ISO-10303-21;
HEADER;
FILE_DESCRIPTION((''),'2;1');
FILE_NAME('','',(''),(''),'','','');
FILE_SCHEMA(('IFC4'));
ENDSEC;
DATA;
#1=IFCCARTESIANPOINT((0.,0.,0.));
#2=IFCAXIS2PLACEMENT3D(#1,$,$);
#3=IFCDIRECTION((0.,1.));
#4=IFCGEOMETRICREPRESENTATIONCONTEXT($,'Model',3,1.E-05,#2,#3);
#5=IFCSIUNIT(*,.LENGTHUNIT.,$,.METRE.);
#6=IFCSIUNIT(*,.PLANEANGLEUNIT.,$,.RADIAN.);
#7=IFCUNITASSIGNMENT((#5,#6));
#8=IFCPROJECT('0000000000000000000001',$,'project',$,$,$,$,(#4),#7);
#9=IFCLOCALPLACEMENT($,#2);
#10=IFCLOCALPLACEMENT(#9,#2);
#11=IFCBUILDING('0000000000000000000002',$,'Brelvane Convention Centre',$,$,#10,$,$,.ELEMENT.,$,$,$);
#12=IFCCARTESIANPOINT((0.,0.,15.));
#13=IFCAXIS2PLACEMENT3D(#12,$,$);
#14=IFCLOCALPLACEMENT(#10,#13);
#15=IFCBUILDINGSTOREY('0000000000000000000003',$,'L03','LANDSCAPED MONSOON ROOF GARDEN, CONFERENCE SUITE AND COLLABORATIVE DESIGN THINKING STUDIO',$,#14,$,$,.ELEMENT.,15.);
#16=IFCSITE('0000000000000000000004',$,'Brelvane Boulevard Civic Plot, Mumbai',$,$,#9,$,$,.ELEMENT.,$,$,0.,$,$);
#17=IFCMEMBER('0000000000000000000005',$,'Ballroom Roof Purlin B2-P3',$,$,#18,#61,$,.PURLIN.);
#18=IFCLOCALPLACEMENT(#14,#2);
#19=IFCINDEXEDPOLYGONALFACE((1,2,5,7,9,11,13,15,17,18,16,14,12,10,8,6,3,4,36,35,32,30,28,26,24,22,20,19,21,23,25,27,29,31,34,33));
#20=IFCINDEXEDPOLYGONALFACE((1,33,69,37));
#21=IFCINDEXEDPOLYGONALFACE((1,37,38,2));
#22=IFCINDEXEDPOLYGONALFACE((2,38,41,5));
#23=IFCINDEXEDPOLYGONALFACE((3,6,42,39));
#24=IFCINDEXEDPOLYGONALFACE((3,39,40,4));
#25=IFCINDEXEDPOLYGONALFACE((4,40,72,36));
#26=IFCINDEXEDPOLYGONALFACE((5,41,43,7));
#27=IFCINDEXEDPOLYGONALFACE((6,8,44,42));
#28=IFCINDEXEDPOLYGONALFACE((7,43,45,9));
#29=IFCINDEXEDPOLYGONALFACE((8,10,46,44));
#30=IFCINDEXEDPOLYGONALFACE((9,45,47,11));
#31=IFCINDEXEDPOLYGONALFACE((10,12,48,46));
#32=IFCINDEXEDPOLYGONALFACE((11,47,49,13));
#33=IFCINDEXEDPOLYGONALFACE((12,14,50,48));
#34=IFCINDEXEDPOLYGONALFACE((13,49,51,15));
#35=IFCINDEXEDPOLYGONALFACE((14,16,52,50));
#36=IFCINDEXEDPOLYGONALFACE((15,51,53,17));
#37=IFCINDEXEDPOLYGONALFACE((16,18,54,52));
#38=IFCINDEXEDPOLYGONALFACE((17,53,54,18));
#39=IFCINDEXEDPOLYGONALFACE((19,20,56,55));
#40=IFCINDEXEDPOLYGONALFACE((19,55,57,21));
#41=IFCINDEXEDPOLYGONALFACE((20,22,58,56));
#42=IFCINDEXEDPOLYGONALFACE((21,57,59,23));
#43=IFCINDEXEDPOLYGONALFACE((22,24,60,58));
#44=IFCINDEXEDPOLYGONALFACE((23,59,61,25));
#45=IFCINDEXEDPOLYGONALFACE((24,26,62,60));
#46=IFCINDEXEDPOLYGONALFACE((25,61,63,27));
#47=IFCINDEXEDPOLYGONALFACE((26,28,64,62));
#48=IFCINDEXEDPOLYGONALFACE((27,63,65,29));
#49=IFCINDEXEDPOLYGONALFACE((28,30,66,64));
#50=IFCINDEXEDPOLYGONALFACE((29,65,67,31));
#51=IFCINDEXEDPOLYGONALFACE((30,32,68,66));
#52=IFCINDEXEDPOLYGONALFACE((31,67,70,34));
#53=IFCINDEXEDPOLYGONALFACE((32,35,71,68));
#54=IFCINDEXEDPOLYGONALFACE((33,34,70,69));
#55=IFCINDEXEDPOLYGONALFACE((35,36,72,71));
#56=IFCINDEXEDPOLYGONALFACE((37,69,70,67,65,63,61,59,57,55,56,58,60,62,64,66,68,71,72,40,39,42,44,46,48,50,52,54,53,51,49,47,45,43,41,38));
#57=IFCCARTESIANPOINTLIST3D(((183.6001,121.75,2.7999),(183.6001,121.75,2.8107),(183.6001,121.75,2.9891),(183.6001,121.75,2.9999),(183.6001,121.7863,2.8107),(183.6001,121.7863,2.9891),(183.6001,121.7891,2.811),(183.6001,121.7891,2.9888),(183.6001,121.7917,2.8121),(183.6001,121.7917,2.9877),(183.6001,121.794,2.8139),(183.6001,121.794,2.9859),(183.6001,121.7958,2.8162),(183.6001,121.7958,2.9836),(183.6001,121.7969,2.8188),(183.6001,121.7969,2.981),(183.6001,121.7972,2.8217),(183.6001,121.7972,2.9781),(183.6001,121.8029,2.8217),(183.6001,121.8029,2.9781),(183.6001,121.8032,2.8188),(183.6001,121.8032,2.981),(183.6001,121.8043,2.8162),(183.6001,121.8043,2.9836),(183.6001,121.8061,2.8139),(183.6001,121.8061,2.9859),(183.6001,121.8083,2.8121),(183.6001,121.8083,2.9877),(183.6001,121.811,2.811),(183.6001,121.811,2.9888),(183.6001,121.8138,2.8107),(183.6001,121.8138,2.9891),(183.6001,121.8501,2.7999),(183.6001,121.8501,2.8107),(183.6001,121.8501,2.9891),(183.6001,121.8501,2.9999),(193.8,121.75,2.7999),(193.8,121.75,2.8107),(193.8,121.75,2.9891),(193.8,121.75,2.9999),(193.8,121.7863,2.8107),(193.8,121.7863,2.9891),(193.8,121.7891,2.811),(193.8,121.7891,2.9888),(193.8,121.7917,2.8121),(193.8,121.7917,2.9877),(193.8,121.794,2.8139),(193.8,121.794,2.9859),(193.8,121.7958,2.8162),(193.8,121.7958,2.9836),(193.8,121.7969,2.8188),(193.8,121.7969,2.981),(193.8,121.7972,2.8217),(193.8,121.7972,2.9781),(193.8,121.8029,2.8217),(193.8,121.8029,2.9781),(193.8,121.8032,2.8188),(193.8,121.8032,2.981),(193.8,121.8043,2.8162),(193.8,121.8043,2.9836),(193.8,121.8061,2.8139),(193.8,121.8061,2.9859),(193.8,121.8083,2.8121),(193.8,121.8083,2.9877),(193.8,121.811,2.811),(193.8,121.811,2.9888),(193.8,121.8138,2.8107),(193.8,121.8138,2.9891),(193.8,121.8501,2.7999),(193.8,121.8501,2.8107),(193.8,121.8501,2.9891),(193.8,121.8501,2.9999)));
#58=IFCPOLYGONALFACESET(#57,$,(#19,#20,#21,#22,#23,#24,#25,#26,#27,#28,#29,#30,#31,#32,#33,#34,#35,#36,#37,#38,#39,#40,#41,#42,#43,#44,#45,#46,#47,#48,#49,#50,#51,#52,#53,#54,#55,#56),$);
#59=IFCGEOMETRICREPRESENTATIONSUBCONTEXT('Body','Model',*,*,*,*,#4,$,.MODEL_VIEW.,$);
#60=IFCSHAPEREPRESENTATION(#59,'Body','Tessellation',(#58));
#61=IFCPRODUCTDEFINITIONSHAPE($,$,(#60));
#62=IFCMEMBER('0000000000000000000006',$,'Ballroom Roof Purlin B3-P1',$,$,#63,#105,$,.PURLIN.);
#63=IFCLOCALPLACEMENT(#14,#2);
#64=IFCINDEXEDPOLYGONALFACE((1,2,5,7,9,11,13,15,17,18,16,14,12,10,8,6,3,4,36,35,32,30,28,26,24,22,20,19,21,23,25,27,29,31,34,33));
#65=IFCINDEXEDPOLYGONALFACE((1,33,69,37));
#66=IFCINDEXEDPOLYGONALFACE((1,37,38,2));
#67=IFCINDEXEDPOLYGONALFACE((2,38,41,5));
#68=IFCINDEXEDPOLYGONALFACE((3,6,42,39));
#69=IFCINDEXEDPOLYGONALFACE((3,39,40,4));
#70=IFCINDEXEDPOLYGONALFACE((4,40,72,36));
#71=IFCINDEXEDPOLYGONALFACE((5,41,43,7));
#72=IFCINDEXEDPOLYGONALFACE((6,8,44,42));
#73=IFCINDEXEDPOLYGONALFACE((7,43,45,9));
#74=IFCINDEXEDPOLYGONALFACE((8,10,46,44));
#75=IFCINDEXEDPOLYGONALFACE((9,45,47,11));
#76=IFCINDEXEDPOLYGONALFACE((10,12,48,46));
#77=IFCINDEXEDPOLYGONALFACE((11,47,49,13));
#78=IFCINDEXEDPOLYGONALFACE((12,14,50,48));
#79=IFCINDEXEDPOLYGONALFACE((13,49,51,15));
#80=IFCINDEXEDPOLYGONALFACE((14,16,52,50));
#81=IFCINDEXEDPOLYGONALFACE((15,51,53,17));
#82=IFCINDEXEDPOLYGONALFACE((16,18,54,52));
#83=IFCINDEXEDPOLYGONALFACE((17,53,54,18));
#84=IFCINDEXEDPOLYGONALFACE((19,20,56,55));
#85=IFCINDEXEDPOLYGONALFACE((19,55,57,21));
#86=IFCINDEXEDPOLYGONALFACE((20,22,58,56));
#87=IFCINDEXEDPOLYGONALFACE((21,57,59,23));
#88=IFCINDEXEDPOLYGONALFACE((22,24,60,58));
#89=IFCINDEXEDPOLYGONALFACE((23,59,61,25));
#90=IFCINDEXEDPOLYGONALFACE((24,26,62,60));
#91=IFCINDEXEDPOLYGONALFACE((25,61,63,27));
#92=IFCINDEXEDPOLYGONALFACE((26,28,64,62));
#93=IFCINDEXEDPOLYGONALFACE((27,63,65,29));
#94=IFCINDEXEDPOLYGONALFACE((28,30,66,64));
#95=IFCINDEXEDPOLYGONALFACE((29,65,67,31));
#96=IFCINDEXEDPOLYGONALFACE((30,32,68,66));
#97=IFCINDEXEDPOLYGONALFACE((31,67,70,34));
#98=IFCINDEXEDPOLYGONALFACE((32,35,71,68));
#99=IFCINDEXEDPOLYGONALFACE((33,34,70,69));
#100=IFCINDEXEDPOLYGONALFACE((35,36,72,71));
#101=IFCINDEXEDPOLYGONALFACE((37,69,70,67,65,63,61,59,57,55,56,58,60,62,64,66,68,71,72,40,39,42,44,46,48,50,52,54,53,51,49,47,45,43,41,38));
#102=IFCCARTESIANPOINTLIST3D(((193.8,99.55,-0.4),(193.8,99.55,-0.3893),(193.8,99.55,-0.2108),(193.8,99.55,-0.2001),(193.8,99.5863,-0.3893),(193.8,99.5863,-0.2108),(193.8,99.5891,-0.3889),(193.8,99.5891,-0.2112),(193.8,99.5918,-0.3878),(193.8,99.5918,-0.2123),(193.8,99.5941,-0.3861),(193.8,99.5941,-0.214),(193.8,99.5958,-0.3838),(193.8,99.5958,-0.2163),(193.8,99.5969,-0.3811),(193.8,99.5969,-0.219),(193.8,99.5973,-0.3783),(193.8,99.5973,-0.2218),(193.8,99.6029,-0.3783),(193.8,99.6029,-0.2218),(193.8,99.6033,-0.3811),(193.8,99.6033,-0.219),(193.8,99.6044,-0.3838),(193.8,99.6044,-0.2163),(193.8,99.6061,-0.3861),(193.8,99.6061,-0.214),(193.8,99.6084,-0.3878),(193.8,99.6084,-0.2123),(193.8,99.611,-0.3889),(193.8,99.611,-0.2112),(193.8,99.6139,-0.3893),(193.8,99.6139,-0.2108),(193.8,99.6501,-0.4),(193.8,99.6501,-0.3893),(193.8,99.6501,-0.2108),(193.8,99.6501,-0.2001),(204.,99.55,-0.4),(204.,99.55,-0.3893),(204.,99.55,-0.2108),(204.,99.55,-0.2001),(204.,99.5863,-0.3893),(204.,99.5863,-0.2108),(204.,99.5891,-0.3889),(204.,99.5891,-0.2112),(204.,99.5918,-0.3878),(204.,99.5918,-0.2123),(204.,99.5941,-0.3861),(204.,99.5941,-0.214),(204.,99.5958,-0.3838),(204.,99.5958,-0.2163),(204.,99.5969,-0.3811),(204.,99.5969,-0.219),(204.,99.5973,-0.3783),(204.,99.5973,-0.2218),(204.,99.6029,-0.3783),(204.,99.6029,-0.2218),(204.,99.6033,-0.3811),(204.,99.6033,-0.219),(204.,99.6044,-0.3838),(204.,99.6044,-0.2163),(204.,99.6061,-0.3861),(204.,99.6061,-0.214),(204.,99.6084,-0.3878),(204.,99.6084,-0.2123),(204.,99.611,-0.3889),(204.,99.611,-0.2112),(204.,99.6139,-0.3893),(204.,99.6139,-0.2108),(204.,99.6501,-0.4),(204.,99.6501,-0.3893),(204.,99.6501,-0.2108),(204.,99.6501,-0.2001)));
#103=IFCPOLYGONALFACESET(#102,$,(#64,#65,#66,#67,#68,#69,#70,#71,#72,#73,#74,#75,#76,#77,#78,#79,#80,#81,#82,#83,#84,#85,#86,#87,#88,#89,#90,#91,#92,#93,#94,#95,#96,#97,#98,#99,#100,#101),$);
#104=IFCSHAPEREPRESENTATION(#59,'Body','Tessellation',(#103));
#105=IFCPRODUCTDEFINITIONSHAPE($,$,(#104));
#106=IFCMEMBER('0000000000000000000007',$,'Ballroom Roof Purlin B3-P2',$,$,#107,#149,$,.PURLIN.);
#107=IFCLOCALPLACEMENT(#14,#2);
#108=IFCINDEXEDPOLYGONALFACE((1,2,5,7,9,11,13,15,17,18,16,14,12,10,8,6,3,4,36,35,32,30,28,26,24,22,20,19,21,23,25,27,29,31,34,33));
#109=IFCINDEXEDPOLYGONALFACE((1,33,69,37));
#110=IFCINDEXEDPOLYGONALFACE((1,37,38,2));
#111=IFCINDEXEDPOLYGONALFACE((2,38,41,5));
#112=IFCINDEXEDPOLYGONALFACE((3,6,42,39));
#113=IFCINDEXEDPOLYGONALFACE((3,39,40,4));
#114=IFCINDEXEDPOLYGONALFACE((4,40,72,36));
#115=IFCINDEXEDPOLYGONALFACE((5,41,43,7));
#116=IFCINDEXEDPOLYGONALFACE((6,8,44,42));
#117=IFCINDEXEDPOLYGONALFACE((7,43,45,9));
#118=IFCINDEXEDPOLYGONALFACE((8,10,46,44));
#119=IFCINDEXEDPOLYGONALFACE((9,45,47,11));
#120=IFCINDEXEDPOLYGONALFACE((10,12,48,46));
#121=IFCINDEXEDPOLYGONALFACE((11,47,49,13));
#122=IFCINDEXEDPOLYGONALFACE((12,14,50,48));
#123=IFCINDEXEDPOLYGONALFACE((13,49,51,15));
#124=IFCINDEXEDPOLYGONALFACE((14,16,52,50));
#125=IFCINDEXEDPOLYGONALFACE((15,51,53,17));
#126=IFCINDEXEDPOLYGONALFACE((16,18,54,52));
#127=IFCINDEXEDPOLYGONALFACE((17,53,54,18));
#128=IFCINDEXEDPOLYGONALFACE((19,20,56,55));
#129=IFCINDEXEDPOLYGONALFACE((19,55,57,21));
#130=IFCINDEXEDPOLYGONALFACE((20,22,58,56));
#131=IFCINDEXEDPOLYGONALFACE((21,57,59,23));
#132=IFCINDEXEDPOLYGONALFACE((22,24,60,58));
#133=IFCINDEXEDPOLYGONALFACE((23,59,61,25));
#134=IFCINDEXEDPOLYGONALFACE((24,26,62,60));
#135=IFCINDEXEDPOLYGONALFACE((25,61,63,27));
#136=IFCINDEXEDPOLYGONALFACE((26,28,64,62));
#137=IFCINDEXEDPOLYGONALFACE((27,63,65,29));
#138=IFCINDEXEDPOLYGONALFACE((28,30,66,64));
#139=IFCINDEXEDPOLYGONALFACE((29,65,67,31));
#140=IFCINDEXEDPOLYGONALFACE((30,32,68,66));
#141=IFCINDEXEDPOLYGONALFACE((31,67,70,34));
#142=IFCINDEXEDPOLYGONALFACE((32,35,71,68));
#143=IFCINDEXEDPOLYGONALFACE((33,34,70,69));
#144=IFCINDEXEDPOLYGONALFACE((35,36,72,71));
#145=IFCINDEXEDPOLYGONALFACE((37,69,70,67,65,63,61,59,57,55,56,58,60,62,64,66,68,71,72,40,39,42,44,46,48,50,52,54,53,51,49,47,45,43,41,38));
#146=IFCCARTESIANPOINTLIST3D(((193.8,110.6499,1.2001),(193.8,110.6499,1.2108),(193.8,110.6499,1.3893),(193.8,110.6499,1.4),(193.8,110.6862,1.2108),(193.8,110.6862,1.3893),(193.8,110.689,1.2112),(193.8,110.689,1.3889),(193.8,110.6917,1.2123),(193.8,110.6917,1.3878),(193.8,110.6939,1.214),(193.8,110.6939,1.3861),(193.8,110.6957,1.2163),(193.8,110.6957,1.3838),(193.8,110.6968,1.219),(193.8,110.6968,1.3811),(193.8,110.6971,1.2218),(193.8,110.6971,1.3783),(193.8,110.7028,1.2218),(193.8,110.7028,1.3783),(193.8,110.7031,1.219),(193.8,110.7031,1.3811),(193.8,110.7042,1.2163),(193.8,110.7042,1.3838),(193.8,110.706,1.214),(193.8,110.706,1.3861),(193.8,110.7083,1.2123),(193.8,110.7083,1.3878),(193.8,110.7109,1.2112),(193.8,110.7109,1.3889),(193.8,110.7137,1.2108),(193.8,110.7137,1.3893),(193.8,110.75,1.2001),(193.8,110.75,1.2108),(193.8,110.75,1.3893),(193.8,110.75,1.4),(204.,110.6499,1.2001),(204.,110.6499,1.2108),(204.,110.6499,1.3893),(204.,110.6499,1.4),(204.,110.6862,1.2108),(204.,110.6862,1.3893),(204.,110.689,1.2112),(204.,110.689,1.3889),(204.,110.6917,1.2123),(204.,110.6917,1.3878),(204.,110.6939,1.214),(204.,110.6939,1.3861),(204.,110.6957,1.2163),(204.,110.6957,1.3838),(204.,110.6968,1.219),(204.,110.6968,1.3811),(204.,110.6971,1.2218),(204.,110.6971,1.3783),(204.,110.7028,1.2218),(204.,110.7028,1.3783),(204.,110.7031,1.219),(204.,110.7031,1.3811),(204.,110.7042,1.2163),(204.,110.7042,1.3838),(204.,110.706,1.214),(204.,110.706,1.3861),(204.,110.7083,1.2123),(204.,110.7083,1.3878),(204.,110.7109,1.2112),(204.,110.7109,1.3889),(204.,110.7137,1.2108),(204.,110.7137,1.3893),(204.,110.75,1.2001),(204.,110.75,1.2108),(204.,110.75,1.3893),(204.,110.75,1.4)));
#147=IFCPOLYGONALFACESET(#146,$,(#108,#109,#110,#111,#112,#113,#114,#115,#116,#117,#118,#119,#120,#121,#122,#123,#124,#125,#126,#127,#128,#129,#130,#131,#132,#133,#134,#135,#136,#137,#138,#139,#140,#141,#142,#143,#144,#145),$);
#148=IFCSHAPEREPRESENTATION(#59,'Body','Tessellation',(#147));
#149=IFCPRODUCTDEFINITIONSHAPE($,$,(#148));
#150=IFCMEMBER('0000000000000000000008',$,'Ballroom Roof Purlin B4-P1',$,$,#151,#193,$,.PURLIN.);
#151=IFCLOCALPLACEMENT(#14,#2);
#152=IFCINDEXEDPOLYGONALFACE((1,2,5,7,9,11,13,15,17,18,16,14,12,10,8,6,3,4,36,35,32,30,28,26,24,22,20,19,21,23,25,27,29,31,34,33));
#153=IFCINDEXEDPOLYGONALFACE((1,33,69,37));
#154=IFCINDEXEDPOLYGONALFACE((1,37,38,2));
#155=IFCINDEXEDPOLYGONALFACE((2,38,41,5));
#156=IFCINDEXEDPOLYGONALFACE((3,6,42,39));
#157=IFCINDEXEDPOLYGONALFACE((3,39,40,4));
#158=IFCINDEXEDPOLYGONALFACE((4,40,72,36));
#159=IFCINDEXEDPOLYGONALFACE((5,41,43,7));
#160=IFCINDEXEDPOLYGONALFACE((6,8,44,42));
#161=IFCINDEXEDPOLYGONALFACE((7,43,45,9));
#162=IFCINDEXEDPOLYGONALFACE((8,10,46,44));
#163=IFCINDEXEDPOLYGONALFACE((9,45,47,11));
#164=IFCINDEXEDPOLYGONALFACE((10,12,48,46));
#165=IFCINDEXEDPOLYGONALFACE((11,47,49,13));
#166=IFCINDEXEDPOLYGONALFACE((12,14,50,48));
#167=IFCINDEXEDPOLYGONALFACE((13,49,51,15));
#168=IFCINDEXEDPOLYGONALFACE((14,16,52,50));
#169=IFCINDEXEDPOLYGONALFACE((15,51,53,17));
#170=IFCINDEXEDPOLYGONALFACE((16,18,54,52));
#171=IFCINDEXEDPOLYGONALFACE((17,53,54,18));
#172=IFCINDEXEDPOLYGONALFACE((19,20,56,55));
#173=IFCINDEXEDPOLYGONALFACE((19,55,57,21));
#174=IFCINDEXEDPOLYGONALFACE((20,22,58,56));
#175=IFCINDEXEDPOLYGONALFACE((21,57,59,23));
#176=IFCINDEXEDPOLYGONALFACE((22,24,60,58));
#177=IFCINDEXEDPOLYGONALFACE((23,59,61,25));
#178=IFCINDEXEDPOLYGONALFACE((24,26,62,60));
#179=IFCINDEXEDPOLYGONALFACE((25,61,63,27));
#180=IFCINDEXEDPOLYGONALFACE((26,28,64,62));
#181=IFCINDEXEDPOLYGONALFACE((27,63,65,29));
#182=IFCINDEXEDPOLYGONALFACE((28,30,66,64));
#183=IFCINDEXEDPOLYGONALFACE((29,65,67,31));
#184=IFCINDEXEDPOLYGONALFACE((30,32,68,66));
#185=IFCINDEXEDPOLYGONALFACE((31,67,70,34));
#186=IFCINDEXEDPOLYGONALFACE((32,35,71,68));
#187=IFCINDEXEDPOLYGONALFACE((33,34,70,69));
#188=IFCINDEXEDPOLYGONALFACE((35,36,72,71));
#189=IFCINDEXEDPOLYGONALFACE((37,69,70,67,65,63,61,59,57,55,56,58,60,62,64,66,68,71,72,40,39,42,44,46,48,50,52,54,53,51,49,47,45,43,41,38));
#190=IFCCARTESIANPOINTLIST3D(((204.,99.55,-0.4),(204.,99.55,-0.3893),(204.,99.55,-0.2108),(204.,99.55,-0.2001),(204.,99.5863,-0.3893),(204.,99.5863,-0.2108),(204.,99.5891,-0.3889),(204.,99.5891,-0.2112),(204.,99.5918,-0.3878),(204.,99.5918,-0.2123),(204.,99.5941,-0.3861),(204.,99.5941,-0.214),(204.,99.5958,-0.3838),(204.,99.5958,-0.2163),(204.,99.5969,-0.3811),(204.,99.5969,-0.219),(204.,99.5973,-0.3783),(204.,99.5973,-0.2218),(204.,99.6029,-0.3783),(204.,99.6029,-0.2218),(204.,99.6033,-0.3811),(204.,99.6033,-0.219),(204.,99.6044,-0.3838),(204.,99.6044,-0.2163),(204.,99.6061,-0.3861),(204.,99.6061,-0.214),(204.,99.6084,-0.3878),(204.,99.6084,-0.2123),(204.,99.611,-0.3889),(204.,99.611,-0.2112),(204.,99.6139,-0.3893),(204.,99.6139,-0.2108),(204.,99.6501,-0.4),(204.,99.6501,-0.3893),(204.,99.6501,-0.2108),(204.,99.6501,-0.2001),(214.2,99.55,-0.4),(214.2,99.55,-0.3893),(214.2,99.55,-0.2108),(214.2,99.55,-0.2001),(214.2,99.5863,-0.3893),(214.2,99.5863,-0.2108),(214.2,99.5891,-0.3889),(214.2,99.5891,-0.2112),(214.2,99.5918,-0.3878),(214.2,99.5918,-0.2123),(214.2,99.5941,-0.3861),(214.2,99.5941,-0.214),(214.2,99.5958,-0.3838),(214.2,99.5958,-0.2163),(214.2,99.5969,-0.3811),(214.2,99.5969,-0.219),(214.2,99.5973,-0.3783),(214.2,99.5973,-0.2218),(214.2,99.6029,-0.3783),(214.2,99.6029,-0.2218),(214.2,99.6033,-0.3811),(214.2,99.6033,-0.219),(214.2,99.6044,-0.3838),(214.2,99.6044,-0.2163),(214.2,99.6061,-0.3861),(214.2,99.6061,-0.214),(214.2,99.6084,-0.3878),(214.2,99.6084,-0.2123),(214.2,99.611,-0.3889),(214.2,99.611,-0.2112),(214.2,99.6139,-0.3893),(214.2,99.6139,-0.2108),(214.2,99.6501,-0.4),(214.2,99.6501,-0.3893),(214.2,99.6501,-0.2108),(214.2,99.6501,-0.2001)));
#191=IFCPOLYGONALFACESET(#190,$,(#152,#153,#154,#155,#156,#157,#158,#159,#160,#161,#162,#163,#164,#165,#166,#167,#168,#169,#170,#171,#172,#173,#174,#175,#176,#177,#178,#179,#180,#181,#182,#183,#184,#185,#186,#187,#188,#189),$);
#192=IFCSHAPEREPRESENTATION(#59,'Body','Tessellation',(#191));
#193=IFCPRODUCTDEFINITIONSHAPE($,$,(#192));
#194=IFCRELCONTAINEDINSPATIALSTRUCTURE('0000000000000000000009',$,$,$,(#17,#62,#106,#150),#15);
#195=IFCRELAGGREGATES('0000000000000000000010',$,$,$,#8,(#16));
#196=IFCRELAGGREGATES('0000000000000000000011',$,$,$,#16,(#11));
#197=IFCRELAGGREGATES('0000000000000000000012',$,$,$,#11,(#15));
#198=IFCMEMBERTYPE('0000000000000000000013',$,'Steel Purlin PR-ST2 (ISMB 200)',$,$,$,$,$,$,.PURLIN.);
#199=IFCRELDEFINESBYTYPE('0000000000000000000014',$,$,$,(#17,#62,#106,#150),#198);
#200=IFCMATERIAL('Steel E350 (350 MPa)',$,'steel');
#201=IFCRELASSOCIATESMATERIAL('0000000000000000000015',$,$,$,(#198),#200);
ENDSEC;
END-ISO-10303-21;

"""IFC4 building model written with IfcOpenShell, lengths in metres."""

from ifc_helpers import new_model, si_unit, direction, frame, origin, origin_2d, place, context, subcontext, project, spatial, i_section, extrude, material, material_profile, profile_set, type_object, element, save


model = new_model("IFC4")

# Units and contexts
model_context = context("Model", 3, precision=1e-05, world=origin(), true_north=direction((0.0, 1.0)))
body_context = subcontext(model_context, "Body", "Model", "MODEL_VIEW")
ifc_project = project(units=[si_unit("LENGTHUNIT", "METRE"), si_unit("PLANEANGLEUNIT", "RADIAN")], contexts=[model_context])

# Site, building, storey
site_placement = place(None, origin())
site = spatial("IfcSite", under=ifc_project, at=site_placement, Name="Brelvane Boulevard Civic Plot, Mumbai", CompositionType="ELEMENT", RefElevation=0.0)
building_placement = place(site_placement, origin())
building = spatial("IfcBuilding", under=site, at=building_placement, Name="Brelvane Convention Centre", CompositionType="ELEMENT")
storey_placement = place(building_placement, frame((0.0, 0.0, 15.0)))
storey = spatial("IfcBuildingStorey", under=building, at=storey_placement, Name="L03", Description="LANDSCAPED MONSOON ROOF GARDEN, CONFERENCE SUITE AND COLLABORATIVE DESIGN THINKING STUDIO", CompositionType="ELEMENT", Elevation=15.0)

# Members
ifc_material_1 = material(Name="Steel E350 (350 MPa)", Category="steel")
ifc_material_profile_1 = material_profile(ifc_material_1, i_section(OverallWidth=0.1001, OverallDepth=0.2, WebThickness=0.0056, FlangeThickness=0.0107, FilletRadius=0.011, at=origin_2d()), Name="ISMB 200")
ifc_profile_set_1 = profile_set([ifc_material_profile_1], Name="Steel E350 (350 MPa)")
member_type_1 = type_object("IfcMemberType", Name="Steel Purlin PR-ST2 (ISMB 200)", PredefinedType="PURLIN", material=ifc_profile_set_1)
for number, where, z_axis, x_axis, name in (
    (1, (183.6001, 121.8, 2.8999), (1.0, 0.0, 0.0), (0.0, 1.0, 0.0), "Ballroom Roof Purlin B2-P3"),
    (2, (193.8, 99.6001, -0.3), (1.0, 0.0, 0.0), (0.0, 1.0, 0.0), "Ballroom Roof Purlin B3-P1"),
    (3, (193.8, 110.7, 1.3), (1.0, 0.0, 0.0), (0.0, 1.0, 0.0), "Ballroom Roof Purlin B3-P2"),
    (4, (204.0, 99.6001, -0.3), (1.0, 0.0, 0.0), (0.0, 1.0, 0.0), "Ballroom Roof Purlin B4-P1"),
):
    element("IfcMember", number, at=place(storey_placement, frame(where, z_axis=z_axis, x_axis=x_axis)), inside=storey, type_object=member_type_1, Name=name, PredefinedType="PURLIN", context=body_context, shape_type="SweptSolid", body=[
        extrude(i_section(OverallWidth=0.1001, OverallDepth=0.2, WebThickness=0.0056, FlangeThickness=0.0107, FilletRadius=0.011, at=origin_2d()), origin(), (0.0, 0.0, 1.0), 10.2),
    ])

save(model, "model.ifc")
